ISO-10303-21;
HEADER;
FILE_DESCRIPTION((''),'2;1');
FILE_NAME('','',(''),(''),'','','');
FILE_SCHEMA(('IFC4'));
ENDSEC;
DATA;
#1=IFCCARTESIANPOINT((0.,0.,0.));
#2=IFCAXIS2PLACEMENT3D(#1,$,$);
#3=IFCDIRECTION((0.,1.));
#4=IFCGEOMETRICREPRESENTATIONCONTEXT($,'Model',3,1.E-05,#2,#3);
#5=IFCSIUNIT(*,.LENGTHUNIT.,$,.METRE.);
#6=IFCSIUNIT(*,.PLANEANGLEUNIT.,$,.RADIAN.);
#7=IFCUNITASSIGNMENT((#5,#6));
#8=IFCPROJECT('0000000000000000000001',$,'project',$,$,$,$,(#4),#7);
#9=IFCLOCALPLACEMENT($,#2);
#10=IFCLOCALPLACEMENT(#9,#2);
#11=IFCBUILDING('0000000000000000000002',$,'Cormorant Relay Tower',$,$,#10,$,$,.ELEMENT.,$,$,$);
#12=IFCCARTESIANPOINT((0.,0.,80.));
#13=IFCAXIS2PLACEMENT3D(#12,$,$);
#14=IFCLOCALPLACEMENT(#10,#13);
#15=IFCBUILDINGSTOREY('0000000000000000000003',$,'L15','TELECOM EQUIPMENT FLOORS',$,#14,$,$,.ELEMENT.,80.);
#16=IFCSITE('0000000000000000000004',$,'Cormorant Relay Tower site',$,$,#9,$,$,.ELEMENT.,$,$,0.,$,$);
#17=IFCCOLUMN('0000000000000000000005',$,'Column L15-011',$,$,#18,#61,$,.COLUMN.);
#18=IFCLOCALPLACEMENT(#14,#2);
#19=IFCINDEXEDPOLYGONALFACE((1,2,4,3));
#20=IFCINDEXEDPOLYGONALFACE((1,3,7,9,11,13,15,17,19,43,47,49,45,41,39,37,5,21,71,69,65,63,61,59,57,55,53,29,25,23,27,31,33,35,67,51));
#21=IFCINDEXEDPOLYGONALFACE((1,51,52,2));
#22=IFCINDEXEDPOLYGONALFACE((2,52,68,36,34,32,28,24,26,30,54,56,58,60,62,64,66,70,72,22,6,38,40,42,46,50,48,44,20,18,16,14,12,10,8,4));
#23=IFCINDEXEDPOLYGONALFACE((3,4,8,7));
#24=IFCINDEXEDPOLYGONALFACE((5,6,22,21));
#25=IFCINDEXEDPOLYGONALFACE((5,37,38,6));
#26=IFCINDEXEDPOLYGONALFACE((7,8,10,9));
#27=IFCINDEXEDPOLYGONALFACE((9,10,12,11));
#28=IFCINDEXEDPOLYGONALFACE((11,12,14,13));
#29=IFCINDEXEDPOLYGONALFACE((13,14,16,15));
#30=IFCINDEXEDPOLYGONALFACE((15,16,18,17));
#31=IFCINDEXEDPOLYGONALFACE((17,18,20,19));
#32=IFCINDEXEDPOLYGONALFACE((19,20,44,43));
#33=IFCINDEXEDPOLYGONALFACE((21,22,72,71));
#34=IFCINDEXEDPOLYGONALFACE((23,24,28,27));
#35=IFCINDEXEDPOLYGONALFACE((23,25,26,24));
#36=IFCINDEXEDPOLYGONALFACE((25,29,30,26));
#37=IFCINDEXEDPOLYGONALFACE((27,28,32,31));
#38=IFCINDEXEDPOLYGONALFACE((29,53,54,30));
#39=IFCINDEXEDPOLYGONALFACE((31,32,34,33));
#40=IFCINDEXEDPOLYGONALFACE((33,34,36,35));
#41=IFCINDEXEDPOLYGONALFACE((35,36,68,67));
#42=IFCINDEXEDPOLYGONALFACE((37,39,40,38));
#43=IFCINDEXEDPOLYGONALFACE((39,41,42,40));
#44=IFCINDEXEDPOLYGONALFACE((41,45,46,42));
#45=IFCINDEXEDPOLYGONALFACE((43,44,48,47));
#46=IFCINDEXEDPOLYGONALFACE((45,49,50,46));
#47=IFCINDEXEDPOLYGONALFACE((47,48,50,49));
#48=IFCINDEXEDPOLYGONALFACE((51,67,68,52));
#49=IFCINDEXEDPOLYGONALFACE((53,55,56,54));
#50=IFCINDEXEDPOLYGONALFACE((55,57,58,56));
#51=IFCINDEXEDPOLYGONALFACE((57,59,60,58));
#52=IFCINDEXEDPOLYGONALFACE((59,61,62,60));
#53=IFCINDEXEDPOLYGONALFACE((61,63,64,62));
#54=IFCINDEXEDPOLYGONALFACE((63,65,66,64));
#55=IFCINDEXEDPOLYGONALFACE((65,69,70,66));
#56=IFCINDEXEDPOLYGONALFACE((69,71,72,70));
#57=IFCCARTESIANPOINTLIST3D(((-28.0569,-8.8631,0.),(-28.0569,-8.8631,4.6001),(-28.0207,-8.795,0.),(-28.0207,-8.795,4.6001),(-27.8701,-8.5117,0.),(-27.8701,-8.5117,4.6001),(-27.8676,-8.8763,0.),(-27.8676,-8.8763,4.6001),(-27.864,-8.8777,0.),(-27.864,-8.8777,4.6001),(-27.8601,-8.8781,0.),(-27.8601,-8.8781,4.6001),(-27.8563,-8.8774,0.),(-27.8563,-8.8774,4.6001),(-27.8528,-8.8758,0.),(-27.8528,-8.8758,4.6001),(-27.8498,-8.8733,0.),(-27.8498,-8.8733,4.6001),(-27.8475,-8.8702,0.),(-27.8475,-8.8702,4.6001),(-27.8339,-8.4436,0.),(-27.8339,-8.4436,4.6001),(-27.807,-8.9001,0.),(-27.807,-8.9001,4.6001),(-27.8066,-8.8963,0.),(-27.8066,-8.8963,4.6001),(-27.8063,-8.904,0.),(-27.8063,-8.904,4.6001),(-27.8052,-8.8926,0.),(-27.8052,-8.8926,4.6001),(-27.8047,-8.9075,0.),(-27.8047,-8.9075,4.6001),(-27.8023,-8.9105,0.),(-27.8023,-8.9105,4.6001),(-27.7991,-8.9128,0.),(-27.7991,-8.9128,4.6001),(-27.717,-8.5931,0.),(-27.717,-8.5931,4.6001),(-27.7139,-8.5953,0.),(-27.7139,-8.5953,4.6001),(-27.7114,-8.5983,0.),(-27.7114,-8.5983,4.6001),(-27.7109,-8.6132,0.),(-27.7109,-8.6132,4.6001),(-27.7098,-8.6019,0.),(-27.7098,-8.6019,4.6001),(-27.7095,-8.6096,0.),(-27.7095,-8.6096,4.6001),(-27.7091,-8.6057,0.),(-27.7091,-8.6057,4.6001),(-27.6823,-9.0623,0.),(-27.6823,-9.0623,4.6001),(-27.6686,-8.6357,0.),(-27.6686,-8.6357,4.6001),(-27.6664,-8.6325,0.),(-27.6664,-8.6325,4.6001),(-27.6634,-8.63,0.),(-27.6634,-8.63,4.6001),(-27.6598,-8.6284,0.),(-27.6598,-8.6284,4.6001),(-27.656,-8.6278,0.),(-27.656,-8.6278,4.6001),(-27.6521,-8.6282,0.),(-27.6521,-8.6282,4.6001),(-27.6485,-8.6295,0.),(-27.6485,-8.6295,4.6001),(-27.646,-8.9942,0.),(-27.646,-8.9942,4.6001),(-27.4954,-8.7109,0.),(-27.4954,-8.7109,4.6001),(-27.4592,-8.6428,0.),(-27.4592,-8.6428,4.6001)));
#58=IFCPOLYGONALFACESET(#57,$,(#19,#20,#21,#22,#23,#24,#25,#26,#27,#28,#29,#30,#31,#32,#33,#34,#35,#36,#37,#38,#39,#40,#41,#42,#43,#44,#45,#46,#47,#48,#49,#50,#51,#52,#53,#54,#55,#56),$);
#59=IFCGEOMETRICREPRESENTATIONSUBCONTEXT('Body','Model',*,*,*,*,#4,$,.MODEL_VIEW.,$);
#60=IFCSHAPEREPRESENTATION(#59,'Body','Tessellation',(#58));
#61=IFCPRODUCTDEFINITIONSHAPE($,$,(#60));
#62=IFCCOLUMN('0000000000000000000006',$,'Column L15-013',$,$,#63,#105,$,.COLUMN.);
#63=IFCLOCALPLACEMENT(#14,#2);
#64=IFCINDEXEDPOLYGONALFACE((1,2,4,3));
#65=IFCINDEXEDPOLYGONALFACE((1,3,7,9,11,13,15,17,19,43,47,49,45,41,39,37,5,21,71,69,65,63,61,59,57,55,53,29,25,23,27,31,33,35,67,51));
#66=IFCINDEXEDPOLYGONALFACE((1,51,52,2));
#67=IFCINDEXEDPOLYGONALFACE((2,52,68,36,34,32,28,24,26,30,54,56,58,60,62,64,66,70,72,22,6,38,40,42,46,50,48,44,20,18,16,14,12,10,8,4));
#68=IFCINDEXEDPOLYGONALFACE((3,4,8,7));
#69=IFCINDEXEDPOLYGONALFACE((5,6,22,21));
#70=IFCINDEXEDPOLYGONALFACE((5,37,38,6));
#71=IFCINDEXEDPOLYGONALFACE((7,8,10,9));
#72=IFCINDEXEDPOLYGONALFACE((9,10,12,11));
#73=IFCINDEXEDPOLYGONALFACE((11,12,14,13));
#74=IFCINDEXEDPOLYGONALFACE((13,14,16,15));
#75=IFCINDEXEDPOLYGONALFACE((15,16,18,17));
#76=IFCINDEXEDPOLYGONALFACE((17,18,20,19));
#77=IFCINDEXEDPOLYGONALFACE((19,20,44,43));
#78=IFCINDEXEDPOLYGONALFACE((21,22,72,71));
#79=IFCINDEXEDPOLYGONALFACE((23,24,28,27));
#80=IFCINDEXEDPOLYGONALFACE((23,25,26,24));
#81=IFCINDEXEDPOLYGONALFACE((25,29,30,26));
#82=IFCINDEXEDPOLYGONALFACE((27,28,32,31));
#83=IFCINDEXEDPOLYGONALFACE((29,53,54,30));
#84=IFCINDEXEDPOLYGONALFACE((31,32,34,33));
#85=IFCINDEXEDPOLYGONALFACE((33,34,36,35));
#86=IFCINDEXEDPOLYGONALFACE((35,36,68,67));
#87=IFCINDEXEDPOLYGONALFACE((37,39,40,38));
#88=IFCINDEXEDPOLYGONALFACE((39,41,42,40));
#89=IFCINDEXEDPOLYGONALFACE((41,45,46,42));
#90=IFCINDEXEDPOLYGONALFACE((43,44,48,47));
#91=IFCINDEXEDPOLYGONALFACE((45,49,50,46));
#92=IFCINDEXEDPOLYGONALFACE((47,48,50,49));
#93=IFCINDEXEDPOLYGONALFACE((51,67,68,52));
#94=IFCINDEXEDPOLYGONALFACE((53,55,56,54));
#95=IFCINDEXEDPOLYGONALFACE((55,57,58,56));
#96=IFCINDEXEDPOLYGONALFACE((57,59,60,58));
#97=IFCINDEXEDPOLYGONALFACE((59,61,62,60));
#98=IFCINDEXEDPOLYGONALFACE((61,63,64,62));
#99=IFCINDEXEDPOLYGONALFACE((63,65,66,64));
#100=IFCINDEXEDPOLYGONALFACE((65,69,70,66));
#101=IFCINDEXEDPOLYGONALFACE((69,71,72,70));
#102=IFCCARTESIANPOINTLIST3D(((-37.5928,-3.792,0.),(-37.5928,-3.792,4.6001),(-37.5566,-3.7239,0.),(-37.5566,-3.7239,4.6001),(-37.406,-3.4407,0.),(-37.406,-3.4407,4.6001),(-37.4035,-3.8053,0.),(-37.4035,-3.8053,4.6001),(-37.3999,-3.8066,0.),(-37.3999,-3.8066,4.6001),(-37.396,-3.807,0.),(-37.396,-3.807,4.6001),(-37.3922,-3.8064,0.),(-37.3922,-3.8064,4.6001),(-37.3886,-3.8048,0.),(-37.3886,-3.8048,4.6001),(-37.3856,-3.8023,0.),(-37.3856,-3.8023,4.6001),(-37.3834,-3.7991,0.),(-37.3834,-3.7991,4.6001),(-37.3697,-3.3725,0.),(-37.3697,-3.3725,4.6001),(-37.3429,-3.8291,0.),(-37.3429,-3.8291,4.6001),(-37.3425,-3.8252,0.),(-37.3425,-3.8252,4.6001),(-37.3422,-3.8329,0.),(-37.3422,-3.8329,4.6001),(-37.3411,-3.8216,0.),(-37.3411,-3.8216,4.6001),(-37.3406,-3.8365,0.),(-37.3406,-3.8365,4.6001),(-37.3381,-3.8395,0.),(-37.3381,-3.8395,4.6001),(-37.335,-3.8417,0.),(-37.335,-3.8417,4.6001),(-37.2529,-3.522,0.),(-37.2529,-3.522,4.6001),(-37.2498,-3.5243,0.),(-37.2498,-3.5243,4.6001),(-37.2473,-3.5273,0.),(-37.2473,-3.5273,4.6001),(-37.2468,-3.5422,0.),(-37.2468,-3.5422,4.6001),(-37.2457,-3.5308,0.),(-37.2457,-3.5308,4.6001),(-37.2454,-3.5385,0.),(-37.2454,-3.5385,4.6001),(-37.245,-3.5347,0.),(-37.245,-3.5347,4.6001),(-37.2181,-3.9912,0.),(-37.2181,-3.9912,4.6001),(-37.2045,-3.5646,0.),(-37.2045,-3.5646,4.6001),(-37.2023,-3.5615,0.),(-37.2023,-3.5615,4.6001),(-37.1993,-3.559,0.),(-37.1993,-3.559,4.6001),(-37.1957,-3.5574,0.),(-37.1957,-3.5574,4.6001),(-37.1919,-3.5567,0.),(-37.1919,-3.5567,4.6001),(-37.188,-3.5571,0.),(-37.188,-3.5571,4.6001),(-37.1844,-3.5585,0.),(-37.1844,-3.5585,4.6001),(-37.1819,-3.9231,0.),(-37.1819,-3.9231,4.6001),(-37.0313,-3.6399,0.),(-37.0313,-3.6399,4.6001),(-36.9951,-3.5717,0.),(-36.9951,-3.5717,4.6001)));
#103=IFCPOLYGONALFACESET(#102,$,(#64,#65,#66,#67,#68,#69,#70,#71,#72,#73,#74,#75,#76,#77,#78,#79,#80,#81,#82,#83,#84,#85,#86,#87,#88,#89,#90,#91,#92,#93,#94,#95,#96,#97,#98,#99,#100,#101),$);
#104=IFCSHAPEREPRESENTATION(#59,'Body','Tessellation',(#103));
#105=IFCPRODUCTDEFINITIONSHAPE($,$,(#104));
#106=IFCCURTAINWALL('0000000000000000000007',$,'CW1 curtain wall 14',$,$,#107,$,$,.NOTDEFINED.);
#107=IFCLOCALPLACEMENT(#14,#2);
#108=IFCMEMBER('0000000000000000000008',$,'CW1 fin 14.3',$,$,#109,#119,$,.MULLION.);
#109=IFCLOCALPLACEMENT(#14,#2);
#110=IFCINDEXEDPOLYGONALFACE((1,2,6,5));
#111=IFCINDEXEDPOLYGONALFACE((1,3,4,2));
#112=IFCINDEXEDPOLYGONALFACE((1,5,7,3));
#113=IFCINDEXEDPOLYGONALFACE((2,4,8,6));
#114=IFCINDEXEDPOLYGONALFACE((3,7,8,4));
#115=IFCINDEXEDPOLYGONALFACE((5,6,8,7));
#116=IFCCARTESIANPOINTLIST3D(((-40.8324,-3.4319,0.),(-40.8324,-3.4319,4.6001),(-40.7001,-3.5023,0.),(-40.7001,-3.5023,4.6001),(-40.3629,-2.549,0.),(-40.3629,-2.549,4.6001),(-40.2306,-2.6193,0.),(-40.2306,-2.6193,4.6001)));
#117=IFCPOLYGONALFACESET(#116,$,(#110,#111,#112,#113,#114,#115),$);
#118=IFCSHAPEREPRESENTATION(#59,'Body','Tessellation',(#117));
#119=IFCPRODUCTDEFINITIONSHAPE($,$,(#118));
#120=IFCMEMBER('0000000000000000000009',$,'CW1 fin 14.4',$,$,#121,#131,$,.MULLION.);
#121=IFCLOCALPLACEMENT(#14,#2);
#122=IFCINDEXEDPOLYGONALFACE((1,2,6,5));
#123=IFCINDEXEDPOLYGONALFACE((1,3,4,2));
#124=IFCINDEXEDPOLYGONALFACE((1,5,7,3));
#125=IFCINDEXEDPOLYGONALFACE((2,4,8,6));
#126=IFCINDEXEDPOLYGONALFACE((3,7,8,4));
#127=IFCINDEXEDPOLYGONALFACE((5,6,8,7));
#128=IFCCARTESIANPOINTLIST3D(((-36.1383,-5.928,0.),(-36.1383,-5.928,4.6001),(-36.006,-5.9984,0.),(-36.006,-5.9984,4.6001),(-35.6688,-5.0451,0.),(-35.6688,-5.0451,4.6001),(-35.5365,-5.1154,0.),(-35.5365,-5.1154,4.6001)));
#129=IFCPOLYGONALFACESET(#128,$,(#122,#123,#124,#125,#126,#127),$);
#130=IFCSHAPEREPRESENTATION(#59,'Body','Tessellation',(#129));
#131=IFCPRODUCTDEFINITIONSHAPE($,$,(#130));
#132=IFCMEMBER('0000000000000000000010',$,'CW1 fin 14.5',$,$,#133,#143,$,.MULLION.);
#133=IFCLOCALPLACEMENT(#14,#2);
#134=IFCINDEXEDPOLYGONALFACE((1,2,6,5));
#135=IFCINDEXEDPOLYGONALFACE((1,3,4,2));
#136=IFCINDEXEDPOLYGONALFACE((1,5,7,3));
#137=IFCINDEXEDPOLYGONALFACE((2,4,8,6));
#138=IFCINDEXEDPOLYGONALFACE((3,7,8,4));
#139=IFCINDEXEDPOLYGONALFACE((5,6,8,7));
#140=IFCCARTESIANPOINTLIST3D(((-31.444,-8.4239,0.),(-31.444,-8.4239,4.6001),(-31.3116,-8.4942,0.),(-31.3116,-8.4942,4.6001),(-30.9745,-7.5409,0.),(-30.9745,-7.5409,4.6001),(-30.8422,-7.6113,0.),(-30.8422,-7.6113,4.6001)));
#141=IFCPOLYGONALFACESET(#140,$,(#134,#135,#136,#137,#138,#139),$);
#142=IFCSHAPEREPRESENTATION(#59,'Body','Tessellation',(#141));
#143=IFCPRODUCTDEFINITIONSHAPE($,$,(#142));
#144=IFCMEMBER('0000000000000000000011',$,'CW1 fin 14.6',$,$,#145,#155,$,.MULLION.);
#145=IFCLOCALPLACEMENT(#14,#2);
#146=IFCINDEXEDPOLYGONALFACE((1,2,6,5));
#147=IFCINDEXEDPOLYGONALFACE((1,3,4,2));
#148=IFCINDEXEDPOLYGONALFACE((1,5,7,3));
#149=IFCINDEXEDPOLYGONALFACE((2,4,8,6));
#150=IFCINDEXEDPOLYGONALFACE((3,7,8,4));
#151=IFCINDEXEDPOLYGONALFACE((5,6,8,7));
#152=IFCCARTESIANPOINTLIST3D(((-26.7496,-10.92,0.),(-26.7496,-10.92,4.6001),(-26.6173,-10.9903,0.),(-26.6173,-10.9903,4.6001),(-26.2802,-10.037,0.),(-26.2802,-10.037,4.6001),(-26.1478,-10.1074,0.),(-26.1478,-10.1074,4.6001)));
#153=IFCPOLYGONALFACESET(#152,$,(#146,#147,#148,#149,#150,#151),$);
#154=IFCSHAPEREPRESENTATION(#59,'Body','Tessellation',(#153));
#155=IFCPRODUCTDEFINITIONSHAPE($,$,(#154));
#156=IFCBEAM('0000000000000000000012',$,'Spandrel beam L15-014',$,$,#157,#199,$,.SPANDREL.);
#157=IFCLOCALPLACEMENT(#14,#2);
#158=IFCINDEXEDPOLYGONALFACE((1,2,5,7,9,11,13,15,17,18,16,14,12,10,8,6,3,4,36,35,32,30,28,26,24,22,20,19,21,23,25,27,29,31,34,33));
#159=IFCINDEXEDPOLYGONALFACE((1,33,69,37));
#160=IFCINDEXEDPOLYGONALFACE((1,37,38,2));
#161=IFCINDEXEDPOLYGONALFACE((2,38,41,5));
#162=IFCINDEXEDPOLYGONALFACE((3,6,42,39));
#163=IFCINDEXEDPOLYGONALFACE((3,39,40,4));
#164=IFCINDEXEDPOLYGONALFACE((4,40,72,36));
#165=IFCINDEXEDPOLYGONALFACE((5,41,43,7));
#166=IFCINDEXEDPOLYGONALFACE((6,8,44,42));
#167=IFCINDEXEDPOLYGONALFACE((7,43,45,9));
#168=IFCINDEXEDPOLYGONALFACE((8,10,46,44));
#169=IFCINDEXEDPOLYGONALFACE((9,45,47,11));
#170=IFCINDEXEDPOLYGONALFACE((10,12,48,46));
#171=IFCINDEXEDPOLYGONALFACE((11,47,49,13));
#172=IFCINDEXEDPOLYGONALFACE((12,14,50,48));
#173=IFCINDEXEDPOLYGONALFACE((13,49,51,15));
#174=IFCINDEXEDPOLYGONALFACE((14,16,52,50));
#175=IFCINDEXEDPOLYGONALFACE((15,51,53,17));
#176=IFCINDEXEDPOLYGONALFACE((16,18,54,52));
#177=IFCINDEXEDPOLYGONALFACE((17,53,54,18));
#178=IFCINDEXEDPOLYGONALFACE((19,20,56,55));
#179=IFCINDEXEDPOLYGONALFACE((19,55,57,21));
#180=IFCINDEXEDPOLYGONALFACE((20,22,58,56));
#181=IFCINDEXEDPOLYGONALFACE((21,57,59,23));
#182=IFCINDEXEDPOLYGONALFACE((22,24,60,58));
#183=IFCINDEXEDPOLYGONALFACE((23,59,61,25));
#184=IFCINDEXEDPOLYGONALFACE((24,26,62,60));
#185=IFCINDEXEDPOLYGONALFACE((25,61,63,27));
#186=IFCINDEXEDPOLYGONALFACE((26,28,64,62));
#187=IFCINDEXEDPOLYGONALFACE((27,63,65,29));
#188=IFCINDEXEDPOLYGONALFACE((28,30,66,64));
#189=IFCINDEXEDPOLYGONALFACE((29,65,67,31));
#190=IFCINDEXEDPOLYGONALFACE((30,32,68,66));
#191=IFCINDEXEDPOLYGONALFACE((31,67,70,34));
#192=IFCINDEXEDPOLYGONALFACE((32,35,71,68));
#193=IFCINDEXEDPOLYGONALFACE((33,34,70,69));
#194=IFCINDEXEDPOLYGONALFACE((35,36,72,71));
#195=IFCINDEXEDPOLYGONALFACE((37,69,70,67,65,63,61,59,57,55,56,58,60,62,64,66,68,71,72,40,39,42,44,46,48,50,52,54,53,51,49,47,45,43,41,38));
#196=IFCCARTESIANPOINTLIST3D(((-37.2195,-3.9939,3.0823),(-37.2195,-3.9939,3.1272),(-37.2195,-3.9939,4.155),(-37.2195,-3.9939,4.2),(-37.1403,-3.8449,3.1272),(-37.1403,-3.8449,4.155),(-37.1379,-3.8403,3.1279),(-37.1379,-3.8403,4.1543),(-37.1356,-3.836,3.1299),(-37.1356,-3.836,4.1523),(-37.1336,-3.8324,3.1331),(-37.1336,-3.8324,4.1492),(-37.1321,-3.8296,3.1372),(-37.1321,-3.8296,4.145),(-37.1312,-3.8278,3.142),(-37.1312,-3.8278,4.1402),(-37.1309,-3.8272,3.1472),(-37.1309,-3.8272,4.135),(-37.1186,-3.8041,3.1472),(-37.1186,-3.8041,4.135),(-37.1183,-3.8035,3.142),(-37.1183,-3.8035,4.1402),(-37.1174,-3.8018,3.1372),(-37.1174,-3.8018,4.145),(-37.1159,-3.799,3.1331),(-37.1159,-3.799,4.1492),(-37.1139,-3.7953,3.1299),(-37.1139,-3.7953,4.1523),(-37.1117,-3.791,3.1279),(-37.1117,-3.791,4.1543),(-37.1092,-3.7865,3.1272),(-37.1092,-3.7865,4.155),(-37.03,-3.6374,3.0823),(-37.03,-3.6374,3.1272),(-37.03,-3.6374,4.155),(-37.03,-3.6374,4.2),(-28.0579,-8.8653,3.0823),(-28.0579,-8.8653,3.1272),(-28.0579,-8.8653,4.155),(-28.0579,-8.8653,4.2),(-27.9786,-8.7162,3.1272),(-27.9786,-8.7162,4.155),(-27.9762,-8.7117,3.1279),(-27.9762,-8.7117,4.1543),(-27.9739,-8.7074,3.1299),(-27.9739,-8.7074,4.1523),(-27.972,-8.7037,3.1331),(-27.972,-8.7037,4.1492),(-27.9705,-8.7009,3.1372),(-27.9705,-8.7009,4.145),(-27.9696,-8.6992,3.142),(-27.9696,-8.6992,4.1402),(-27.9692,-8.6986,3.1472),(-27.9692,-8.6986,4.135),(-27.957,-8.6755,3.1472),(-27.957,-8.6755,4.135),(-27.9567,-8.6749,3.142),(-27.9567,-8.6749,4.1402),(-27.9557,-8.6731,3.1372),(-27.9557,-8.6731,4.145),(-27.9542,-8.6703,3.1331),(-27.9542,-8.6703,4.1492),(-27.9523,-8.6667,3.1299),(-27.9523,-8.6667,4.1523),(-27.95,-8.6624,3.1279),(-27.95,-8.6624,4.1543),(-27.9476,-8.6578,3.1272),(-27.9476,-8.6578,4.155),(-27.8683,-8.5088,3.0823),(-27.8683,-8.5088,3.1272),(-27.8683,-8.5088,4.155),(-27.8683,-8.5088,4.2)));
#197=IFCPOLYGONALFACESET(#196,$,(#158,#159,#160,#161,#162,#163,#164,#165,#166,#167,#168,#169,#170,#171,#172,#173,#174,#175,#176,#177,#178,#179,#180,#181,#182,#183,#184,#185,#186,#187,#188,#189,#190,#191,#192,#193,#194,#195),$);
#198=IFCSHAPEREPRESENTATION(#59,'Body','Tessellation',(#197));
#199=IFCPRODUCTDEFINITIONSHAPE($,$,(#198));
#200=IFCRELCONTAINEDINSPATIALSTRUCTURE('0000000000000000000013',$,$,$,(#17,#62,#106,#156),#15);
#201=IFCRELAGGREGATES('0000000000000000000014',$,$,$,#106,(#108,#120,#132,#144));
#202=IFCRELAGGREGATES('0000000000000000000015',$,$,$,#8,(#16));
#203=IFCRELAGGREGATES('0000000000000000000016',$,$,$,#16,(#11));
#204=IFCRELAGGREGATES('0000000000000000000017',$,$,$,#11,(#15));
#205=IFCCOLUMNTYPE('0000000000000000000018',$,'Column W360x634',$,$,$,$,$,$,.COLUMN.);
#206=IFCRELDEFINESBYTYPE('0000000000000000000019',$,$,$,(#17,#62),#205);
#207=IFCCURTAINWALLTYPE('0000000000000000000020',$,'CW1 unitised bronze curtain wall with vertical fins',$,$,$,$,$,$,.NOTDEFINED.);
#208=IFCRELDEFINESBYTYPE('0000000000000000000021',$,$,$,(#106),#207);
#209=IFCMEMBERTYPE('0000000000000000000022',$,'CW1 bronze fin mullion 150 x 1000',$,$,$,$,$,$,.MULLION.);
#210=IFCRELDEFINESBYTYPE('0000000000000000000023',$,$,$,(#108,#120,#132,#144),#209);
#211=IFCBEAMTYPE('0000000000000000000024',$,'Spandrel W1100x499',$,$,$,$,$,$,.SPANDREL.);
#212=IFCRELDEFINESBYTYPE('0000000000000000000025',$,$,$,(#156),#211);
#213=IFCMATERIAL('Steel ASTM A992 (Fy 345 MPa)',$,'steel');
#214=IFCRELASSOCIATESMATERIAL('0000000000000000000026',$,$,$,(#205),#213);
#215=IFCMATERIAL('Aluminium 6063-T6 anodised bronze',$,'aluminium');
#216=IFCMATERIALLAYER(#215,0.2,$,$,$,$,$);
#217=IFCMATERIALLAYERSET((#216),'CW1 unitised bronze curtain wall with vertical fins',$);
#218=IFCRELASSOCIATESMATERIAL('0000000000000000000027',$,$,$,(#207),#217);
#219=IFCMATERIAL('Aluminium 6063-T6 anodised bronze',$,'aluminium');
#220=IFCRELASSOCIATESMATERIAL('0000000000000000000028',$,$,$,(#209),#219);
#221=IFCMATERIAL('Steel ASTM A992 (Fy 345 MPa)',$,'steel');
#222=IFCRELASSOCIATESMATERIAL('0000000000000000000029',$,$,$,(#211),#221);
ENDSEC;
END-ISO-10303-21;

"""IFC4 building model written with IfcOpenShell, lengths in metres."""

from ifc_helpers import new_model, si_unit, direction, frame, origin, origin_2d, place, context, subcontext, project, spatial, rectangle, i_section, extrude, material, layer, layer_set, material_profile, profile_set, type_object, element, aggregate, save


model = new_model("IFC4")

# Units and contexts
model_context = context("Model", 3, precision=1e-05, world=origin(), true_north=direction((0.0, 1.0)))
body_context = subcontext(model_context, "Body", "Model", "MODEL_VIEW")
ifc_project = project(units=[si_unit("LENGTHUNIT", "METRE"), si_unit("PLANEANGLEUNIT", "RADIAN")], contexts=[model_context])

# Site, building, storey
site_placement = place(None, origin())
site = spatial("IfcSite", under=ifc_project, at=site_placement, Name="Cormorant Relay Tower site", CompositionType="ELEMENT", RefElevation=0.0)
building_placement = place(site_placement, origin())
building = spatial("IfcBuilding", under=site, at=building_placement, Name="Cormorant Relay Tower", CompositionType="ELEMENT")
storey_placement = place(building_placement, frame((0.0, 0.0, 80.0)))
storey = spatial("IfcBuildingStorey", under=building, at=storey_placement, Name="L15", Description="TELECOM EQUIPMENT FLOORS", CompositionType="ELEMENT", Elevation=80.0)

# Columns
ifc_material_1 = material(Name="Steel ASTM A992 (Fy 345 MPa)", Category="steel")
ifc_material_profile_1 = material_profile(ifc_material_1, i_section(OverallWidth=0.4243, OverallDepth=0.4751, WebThickness=0.0479, FlangeThickness=0.0771, FilletRadius=0.0149, at=origin_2d()), Name="W360x634")
ifc_profile_set_1 = profile_set([ifc_material_profile_1], Name="Steel ASTM A992 (Fy 345 MPa)")
column_type = type_object("IfcColumnType", Name="Column W360x634", PredefinedType="COLUMN", material=ifc_profile_set_1)
for number, where, z_axis, x_axis, name in (
    (1, (-27.7581, -8.7529, 0.0), (0.0, 0.0, 1.0), (0.882948, -0.469472, 0.0), "Column L15-011"),
    (2, (-37.2939, -3.6819, 0.0), (0.0, 0.0, 1.0), (0.882948, -0.469472, 0.0), "Column L15-013"),
):
    element("IfcColumn", number, at=place(storey_placement, frame(where, z_axis=z_axis, x_axis=x_axis)), inside=storey, type_object=column_type, Name=name, PredefinedType="COLUMN", context=body_context, shape_type="SweptSolid", body=[
        extrude(i_section(OverallWidth=0.4243, OverallDepth=0.4751, WebThickness=0.0479, FlangeThickness=0.0771, FilletRadius=0.0149, at=origin_2d()), origin(), (0.0, 0.0, 1.0), 4.6001),
    ])

# Curtain wall, members
ifc_material_2 = material(Name="Aluminium 6063-T6 anodised bronze", Category="aluminium")
ifc_layer_1 = layer(ifc_material_2, 0.2)
ifc_layer_set_1 = layer_set([ifc_layer_1], Name="CW1 unitised bronze curtain wall with vertical fins")
curtain_wall_type = type_object("IfcCurtainWallType", Name="CW1 unitised bronze curtain wall with vertical fins", PredefinedType="NOTDEFINED", material=ifc_layer_set_1)
curtain_wall_placement = place(storey_placement, origin())
curtain_wall = element("IfcCurtainWall", 3, at=curtain_wall_placement, inside=storey, type_object=curtain_wall_type, Name="CW1 curtain wall 14", PredefinedType="NOTDEFINED")
ifc_material_3 = material(Name="Aluminium 6063-T6 anodised bronze", Category="aluminium")
ifc_material_profile_2 = material_profile(ifc_material_3, rectangle(XDim=0.1499, YDim=1.0, at=origin_2d()), Name="AL 150x1000")
ifc_profile_set_2 = profile_set([ifc_material_profile_2], Name="Aluminium 6063-T6 anodised bronze")
member_type = type_object("IfcMemberType", Name="CW1 bronze fin mullion 150 x 1000", PredefinedType="MULLION", material=ifc_profile_set_2)
member_1_placement = place(storey_placement, frame((-40.5315, -3.0256, 0.0), z_axis=(0.0, 0.0, 1.0), x_axis=(0.882948, -0.469472, 0.0)))
member_1 = element("IfcMember", 4, at=member_1_placement, type_object=member_type, Name="CW1 fin 14.3", PredefinedType="MULLION", context=body_context, shape_type="SweptSolid", body=[
    extrude(rectangle(XDim=0.1499, YDim=1.0, at=origin_2d()), origin(), (0.0, 0.0, 1.0), 4.6001),
])
member_2_placement = place(storey_placement, frame((-35.8374, -5.5217, 0.0), z_axis=(0.0, 0.0, 1.0), x_axis=(0.882948, -0.469472, 0.0)))
member_2 = element("IfcMember", 5, at=member_2_placement, type_object=member_type, Name="CW1 fin 14.4", PredefinedType="MULLION", context=body_context, shape_type="SweptSolid", body=[
    extrude(rectangle(XDim=0.1499, YDim=1.0, at=origin_2d()), origin(), (0.0, 0.0, 1.0), 4.6001),
])
member_3_placement = place(storey_placement, frame((-31.1431, -8.0176, 0.0), z_axis=(0.0, 0.0, 1.0), x_axis=(0.882948, -0.469472, 0.0)))
member_3 = element("IfcMember", 6, at=member_3_placement, type_object=member_type, Name="CW1 fin 14.5", PredefinedType="MULLION", context=body_context, shape_type="SweptSolid", body=[
    extrude(rectangle(XDim=0.1499, YDim=1.0, at=origin_2d()), origin(), (0.0, 0.0, 1.0), 4.6001),
])
member_4_placement = place(storey_placement, frame((-26.4487, -10.5137, 0.0), z_axis=(0.0, 0.0, 1.0), x_axis=(0.882948, -0.469472, 0.0)))
member_4 = element("IfcMember", 7, at=member_4_placement, type_object=member_type, Name="CW1 fin 14.6", PredefinedType="MULLION", context=body_context, shape_type="SweptSolid", body=[
    extrude(rectangle(XDim=0.1499, YDim=1.0, at=origin_2d()), origin(), (0.0, 0.0, 1.0), 4.6001),
])

# Beam
ifc_material_4 = material(Name="Steel ASTM A992 (Fy 345 MPa)", Category="steel")
ifc_material_profile_3 = material_profile(ifc_material_4, i_section(OverallWidth=0.4038, OverallDepth=1.1177, WebThickness=0.0261, FlangeThickness=0.0449, FilletRadius=0.02, at=origin_2d()), Name="W1100x499")
ifc_profile_set_3 = profile_set([ifc_material_profile_3], Name="Steel ASTM A992 (Fy 345 MPa)")
beam_type_1 = type_object("IfcBeamType", Name="Spandrel W1100x499", PredefinedType="SPANDREL", material=ifc_profile_set_3)
beam_1_placement = place(storey_placement, frame((-37.1248, -3.8157, 3.6411), z_axis=(0.882947, -0.469473, 0.0), x_axis=(0.469473, 0.882947, 0.0)))
element("IfcBeam", 8, at=beam_1_placement, inside=storey, type_object=beam_type_1, Name="Spandrel beam L15-014", PredefinedType="SPANDREL", context=body_context, shape_type="SweptSolid", body=[
    extrude(i_section(OverallWidth=0.4038, OverallDepth=1.1177, WebThickness=0.0261, FlangeThickness=0.0449, FilletRadius=0.02, at=origin_2d()), origin(), (0.0, 0.0, 1.0), 10.3762),
])

aggregate(curtain_wall, [member_1, member_2, member_3, member_4])

save(model, "model.ifc")
